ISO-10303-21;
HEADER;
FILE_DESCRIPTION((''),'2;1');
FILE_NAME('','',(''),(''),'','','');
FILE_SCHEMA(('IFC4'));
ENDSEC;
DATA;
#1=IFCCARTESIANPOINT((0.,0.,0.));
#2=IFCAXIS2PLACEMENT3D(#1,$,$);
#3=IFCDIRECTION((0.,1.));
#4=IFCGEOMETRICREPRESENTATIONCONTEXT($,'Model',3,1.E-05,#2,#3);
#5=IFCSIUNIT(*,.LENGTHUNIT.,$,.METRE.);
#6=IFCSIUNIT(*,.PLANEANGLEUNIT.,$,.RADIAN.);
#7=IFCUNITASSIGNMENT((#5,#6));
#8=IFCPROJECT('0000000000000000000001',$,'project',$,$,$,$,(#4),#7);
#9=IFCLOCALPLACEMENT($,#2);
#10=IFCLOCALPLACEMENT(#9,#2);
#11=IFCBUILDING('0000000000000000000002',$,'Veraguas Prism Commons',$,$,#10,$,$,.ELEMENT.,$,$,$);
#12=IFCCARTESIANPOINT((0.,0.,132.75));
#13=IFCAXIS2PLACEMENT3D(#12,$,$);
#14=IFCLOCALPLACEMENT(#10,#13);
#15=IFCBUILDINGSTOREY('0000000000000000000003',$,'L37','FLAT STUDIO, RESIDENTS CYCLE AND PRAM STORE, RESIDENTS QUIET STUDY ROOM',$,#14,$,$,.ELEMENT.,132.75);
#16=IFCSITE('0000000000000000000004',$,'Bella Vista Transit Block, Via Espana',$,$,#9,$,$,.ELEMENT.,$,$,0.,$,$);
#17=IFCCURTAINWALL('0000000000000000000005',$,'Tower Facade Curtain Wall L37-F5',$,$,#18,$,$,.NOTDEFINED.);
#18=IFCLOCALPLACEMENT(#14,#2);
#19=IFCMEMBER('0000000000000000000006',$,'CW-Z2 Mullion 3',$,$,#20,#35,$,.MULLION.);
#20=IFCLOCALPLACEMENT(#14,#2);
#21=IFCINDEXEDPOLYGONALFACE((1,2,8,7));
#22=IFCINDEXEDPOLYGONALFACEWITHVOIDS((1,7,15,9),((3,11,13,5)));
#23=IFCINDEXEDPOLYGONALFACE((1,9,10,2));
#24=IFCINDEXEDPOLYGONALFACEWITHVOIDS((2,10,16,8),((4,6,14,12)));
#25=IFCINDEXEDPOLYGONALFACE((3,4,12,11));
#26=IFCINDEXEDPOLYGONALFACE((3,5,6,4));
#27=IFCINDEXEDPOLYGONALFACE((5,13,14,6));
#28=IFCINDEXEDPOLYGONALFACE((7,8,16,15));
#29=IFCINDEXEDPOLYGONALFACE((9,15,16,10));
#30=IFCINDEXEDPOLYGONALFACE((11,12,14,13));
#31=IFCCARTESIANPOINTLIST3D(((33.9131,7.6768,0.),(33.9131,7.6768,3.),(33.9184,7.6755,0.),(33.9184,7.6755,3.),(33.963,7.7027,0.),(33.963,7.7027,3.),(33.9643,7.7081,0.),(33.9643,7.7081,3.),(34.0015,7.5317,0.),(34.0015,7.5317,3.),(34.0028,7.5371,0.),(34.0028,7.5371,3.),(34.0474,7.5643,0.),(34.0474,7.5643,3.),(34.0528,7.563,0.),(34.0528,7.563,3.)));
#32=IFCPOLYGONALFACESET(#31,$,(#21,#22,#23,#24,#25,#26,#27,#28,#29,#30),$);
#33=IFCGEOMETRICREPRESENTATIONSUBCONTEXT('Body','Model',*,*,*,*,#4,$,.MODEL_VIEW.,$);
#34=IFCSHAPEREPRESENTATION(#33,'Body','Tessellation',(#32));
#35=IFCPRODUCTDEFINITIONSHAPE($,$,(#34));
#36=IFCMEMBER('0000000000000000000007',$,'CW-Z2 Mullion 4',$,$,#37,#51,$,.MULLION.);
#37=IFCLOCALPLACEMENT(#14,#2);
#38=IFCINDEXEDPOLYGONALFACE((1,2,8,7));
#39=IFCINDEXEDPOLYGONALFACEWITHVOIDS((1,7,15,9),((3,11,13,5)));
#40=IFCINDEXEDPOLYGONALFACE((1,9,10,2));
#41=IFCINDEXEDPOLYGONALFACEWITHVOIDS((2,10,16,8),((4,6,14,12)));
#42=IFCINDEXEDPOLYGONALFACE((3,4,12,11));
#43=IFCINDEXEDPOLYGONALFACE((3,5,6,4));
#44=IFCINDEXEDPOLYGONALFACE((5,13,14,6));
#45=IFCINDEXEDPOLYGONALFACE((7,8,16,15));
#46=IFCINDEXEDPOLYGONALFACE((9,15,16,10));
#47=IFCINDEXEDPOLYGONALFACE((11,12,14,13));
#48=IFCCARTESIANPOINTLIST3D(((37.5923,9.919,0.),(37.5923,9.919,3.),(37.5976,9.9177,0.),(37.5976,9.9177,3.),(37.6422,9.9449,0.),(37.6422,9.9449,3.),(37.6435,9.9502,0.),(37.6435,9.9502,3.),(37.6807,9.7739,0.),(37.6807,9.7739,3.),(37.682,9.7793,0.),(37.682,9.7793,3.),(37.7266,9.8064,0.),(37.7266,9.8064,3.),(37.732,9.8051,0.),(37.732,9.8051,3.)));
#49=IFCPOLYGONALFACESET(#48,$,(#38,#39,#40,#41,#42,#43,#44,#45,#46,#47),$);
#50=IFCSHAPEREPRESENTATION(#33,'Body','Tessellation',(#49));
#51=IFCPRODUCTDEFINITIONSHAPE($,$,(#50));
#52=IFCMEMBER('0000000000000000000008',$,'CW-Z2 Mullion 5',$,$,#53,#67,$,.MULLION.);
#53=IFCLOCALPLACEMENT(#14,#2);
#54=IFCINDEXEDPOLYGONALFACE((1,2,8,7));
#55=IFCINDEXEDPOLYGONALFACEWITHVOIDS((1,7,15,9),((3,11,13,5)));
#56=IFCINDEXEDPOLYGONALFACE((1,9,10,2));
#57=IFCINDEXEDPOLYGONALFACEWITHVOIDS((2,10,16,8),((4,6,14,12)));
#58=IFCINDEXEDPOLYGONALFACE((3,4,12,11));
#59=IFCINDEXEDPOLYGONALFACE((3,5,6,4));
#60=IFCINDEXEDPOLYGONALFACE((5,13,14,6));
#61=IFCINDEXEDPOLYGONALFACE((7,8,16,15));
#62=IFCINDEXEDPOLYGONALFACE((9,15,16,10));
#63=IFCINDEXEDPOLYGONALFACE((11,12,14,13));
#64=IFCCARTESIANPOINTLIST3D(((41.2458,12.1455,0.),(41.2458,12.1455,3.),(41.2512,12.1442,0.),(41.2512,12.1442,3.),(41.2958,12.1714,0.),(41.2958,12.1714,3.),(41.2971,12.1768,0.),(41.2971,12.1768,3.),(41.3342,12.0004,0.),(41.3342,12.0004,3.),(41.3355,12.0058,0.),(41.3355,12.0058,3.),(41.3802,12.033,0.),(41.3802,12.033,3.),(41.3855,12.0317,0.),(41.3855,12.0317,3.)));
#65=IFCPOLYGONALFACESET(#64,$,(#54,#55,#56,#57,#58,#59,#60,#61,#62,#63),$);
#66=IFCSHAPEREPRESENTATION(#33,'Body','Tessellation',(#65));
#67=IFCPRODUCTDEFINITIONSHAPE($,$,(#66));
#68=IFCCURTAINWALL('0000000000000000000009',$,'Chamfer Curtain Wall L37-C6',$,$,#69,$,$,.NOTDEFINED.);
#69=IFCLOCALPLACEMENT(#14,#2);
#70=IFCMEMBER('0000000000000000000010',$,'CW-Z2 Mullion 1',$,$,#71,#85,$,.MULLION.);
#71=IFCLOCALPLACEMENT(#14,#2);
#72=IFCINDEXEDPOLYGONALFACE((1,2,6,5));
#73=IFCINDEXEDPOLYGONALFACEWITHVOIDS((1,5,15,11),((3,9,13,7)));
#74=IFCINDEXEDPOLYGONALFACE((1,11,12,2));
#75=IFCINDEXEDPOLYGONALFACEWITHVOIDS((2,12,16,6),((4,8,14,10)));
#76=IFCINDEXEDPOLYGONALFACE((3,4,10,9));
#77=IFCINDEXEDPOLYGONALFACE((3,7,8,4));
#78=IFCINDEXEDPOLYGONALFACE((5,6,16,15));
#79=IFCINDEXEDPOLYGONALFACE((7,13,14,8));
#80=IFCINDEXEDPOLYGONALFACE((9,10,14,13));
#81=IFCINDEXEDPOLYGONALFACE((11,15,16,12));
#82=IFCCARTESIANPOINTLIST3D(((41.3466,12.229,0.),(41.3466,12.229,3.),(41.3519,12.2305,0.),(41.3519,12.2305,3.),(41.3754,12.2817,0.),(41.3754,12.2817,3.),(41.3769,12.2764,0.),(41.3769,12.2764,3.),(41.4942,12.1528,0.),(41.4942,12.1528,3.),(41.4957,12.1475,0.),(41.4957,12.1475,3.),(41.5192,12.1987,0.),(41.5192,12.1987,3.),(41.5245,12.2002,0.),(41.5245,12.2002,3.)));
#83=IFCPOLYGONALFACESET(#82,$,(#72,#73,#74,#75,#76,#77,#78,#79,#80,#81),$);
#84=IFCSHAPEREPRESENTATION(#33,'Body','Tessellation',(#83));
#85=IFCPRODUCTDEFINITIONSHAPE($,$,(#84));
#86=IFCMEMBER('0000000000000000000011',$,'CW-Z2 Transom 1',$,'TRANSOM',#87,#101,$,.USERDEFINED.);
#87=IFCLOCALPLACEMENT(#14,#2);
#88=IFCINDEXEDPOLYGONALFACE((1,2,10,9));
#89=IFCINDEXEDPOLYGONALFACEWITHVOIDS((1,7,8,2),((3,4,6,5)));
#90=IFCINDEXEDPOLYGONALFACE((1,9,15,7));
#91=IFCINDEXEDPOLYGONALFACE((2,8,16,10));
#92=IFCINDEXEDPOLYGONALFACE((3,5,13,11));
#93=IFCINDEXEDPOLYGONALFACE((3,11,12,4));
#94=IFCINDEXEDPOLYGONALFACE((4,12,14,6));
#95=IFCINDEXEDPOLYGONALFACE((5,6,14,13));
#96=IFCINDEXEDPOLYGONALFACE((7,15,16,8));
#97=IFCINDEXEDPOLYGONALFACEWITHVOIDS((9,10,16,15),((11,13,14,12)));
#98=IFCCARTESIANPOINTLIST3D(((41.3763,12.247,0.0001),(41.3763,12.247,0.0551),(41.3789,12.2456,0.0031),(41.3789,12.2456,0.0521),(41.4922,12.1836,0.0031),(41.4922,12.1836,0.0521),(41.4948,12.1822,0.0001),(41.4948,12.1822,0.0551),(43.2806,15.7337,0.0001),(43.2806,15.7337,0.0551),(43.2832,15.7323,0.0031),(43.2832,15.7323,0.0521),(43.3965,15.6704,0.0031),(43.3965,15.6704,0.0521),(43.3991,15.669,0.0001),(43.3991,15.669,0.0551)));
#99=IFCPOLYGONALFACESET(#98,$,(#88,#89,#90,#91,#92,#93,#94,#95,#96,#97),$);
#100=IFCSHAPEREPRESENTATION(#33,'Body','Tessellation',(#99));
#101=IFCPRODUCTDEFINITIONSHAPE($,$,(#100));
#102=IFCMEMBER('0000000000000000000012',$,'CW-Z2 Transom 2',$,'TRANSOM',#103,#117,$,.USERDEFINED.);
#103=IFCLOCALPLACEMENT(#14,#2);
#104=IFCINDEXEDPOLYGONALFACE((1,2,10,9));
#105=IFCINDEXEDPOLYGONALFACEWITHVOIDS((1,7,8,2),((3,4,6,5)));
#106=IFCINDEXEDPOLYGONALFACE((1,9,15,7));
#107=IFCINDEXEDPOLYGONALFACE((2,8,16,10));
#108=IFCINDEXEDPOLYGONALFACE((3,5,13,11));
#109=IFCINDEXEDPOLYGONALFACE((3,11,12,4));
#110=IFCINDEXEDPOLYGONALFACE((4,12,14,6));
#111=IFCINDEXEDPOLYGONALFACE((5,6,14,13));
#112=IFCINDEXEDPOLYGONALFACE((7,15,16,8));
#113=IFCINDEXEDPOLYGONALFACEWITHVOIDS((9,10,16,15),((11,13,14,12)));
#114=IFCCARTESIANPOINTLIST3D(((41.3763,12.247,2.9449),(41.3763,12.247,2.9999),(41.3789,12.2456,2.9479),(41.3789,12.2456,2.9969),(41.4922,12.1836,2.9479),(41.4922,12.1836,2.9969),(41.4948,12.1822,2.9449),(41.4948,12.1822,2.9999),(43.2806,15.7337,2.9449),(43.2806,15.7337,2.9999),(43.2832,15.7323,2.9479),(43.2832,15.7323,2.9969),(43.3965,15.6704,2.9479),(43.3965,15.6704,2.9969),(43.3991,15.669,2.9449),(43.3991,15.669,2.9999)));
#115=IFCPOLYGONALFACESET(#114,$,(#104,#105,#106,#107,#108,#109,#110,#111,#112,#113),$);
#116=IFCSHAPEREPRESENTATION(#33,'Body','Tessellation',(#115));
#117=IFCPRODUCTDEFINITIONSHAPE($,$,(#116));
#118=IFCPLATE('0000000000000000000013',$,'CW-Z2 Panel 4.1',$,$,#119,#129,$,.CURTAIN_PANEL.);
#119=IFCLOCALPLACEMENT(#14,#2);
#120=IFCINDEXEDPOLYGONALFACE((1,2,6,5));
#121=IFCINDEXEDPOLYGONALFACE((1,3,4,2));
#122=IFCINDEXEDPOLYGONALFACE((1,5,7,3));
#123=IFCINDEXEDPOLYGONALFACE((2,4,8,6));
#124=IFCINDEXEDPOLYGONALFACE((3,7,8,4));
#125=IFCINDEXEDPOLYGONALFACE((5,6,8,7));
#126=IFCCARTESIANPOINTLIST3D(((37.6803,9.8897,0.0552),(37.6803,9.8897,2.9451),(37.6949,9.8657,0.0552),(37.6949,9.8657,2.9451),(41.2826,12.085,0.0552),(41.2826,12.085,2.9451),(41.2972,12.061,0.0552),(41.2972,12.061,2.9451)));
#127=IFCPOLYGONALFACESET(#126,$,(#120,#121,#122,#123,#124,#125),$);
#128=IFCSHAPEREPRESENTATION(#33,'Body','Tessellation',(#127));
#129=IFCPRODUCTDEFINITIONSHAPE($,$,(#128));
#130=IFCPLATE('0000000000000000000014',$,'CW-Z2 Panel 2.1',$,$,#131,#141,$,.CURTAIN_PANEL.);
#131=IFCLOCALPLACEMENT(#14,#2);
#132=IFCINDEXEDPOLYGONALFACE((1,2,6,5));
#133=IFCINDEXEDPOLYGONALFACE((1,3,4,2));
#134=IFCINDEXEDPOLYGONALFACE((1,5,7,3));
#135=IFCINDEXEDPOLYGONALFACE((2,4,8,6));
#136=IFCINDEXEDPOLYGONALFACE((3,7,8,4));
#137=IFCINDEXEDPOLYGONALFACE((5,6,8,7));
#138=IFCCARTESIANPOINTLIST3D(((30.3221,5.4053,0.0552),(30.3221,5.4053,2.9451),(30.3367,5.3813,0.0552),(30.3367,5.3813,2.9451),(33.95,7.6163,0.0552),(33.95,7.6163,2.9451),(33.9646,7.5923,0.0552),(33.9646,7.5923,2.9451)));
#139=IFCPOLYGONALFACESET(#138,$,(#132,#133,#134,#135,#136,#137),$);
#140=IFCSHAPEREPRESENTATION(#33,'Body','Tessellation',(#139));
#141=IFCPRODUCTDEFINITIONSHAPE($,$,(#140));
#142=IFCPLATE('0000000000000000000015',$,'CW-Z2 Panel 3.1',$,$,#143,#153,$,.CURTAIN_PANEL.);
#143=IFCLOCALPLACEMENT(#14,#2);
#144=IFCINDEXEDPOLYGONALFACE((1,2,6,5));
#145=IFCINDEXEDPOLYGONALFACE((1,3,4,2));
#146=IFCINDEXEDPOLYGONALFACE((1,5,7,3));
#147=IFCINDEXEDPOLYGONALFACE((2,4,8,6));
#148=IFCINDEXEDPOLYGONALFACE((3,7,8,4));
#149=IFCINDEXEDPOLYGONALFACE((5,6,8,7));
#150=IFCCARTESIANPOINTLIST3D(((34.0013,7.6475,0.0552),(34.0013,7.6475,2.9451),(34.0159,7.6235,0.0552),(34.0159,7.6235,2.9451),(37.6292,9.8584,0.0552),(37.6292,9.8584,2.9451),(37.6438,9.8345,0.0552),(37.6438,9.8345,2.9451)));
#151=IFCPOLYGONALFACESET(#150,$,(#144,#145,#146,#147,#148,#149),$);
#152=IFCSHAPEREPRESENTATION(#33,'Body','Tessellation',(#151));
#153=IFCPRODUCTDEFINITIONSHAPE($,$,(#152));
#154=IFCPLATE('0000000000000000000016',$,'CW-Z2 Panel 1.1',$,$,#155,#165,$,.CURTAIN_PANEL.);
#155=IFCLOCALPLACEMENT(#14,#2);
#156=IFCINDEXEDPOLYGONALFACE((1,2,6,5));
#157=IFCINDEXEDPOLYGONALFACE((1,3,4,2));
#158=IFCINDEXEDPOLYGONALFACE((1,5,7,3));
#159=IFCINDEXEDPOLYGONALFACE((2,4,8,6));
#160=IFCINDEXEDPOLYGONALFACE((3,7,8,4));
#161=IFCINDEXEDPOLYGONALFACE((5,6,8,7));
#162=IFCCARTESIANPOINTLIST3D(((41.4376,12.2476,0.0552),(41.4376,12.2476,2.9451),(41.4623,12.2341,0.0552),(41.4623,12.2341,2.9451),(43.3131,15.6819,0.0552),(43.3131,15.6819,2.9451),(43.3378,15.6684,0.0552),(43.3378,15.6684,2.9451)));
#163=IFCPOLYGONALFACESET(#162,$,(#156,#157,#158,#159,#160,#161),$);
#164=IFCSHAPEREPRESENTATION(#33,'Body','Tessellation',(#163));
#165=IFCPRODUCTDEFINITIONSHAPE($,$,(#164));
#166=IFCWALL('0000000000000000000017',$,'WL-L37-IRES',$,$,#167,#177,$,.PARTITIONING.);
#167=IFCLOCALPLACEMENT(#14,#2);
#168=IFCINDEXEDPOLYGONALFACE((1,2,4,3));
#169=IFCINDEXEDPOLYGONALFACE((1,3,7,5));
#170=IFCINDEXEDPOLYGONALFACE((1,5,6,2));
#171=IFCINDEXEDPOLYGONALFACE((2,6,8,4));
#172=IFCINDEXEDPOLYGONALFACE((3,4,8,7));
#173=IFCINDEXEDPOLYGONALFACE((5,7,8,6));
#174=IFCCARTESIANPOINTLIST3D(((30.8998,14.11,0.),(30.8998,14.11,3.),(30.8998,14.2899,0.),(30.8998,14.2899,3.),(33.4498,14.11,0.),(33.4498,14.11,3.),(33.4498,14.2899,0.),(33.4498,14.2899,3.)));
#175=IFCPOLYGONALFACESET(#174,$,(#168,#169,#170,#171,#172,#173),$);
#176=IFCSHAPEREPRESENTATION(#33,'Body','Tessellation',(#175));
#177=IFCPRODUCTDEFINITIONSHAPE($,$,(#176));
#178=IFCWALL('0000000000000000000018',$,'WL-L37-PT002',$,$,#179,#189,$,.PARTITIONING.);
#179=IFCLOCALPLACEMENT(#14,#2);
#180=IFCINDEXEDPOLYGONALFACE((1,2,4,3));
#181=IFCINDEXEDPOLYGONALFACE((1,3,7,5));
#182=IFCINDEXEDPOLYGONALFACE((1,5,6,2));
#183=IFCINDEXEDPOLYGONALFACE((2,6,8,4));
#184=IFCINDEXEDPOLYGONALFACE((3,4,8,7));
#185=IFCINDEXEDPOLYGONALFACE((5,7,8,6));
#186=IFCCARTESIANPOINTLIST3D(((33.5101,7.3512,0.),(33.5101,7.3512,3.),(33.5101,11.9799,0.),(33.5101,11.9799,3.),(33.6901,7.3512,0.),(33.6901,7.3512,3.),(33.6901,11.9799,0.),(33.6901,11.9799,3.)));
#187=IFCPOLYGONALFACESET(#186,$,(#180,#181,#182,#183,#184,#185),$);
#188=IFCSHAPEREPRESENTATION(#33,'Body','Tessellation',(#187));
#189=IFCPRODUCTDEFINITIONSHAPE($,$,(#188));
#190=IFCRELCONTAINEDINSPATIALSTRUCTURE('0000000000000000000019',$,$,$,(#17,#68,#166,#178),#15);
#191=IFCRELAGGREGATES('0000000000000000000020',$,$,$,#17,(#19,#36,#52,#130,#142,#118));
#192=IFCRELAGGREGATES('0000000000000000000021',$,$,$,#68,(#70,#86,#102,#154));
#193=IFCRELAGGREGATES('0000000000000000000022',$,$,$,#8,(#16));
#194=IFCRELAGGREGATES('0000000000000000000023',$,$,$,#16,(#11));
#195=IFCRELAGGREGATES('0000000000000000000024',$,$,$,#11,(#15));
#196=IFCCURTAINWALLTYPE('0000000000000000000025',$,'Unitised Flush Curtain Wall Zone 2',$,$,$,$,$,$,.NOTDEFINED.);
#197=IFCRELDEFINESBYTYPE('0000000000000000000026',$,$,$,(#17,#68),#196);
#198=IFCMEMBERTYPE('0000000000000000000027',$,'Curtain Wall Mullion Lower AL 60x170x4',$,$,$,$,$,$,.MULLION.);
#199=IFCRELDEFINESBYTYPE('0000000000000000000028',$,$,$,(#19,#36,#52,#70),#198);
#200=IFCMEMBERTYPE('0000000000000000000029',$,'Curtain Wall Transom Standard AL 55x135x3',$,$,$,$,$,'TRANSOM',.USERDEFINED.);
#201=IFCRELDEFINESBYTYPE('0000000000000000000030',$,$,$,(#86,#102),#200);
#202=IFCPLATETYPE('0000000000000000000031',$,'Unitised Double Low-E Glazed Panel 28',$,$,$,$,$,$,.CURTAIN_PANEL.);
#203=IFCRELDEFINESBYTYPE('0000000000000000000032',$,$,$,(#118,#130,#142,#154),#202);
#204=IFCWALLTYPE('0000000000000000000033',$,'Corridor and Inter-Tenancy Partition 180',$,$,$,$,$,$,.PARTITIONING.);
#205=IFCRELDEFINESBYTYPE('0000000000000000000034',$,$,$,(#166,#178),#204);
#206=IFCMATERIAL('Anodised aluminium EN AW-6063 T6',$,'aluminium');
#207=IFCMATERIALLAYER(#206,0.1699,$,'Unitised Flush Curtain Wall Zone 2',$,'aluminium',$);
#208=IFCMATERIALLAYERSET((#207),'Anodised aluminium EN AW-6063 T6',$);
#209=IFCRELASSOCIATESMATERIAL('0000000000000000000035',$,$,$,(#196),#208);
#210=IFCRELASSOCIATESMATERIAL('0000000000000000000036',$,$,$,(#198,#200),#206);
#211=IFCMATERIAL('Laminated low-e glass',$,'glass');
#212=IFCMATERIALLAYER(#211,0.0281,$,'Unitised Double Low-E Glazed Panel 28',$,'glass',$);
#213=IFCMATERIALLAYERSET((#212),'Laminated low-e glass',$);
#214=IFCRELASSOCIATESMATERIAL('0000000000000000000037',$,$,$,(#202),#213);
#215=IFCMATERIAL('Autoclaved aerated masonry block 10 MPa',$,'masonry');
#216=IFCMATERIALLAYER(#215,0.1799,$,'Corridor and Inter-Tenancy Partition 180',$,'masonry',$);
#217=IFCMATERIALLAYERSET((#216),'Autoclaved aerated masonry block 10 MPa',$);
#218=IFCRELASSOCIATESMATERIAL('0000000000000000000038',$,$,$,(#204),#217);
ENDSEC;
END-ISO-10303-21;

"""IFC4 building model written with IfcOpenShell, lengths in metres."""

from ifc_helpers import new_model, si_unit, direction, frame, frame_2d, origin, origin_2d, place, context, subcontext, project, spatial, rectangle, hollow_rectangle, extrude, source, transform, mapped, material, layer, layer_set, material_profile, profile_set, type_object, element, aggregate, save


model = new_model("IFC4")

# Units and contexts
model_context = context("Model", 3, precision=1e-05, world=origin(), true_north=direction((0.0, 1.0)))
body_context = subcontext(model_context, "Body", "Model", "MODEL_VIEW")
ifc_project = project(units=[si_unit("LENGTHUNIT", "METRE"), si_unit("PLANEANGLEUNIT", "RADIAN")], contexts=[model_context])

# Site, building, storey
site_placement = place(None, origin())
site = spatial("IfcSite", under=ifc_project, at=site_placement, Name="Bella Vista Transit Block, Via Espana", CompositionType="ELEMENT", RefElevation=0.0)
building_placement = place(site_placement, origin())
building = spatial("IfcBuilding", under=site, at=building_placement, Name="Veraguas Prism Commons", CompositionType="ELEMENT")
storey_placement = place(building_placement, frame((0.0, 0.0, 132.75)))
storey = spatial("IfcBuildingStorey", under=building, at=storey_placement, Name="L37", Description="FLAT STUDIO, RESIDENTS CYCLE AND PRAM STORE, RESIDENTS QUIET STUDY ROOM", CompositionType="ELEMENT", Elevation=132.75)

# Curtain walls, members
ifc_material_1 = material(Name="Anodised aluminium EN AW-6063 T6", Category="aluminium")
ifc_layer_1 = layer(ifc_material_1, 0.1699, Name="Unitised Flush Curtain Wall Zone 2", Category="aluminium")
ifc_layer_set_1 = layer_set([ifc_layer_1], Name="Anodised aluminium EN AW-6063 T6")
curtain_wall_type = type_object("IfcCurtainWallType", Name="Unitised Flush Curtain Wall Zone 2", PredefinedType="NOTDEFINED", material=ifc_layer_set_1)
curtain_wall_1_placement = place(storey_placement, origin())
curtain_wall_1 = element("IfcCurtainWall", 1, at=curtain_wall_1_placement, inside=storey, type_object=curtain_wall_type, Name="Tower Facade Curtain Wall L37-F5", PredefinedType="NOTDEFINED")
ifc_material_profile_1 = material_profile(ifc_material_1, hollow_rectangle(XDim=0.0601, YDim=0.1699, WallThickness=0.0039, at=origin_2d()), Name="AL60X170X4")
ifc_profile_set_1 = profile_set([ifc_material_profile_1], Name="Anodised aluminium EN AW-6063 T6")
member_type_1 = type_object("IfcMemberType", Name="Curtain Wall Mullion Lower AL 60x170x4", PredefinedType="MULLION", material=ifc_profile_set_1)
shared_shape_1 = source(origin(), body_context, "Body", "SweptSolid", [
    extrude(hollow_rectangle(XDim=0.0601, YDim=0.1699, WallThickness=0.0039, at=origin_2d()), origin(), (0.0, 0.0, 1.0), 3.0),
])
member_1_placement = place(storey_placement, frame((33.9829, 7.6199, 0.0), z_axis=(0.0, 0.0, 1.0), x_axis=(0.853916, 0.520411, 0.0)))
member_1 = element("IfcMember", 2, at=member_1_placement, type_object=member_type_1, Name="CW-Z2 Mullion 3", PredefinedType="MULLION", context=body_context, shape_type="MappedRepresentation", body=[
    mapped(shared_shape_1, transform((0.0, 0.0, 0.0), scale=1.0)),
])
member_2_placement = place(storey_placement, frame((37.6621, 9.8621, 0.0), z_axis=(0.0, 0.0, 1.0), x_axis=(0.853916, 0.520411, 0.0)))
member_2 = element("IfcMember", 3, at=member_2_placement, type_object=member_type_1, Name="CW-Z2 Mullion 4", PredefinedType="MULLION", context=body_context, shape_type="MappedRepresentation", body=[
    mapped(shared_shape_1, transform((0.0, 0.0, 0.0), scale=1.0)),
])
member_3_placement = place(storey_placement, frame((41.3157, 12.0886, 0.0), z_axis=(0.0, 0.0, 1.0), x_axis=(0.853916, 0.520411, 0.0)))
member_3 = element("IfcMember", 4, at=member_3_placement, type_object=member_type_1, Name="CW-Z2 Mullion 5", PredefinedType="MULLION", context=body_context, shape_type="MappedRepresentation", body=[
    mapped(shared_shape_1, transform((0.0, 0.0, 0.0), scale=1.0)),
])
curtain_wall_2_placement = place(storey_placement, origin())
curtain_wall_2 = element("IfcCurtainWall", 5, at=curtain_wall_2_placement, inside=storey, type_object=curtain_wall_type, Name="Chamfer Curtain Wall L37-C6", PredefinedType="NOTDEFINED")
member_4_placement = place(storey_placement, frame((41.4355, 12.2146, 0.0), z_axis=(0.0, 0.0, 1.0), x_axis=(0.479294, 0.877654, 0.0)))
member_4 = element("IfcMember", 6, at=member_4_placement, type_object=member_type_1, Name="CW-Z2 Mullion 1", PredefinedType="MULLION", context=body_context, shape_type="MappedRepresentation", body=[
    mapped(shared_shape_1, transform((0.0, 0.0, 0.0), scale=1.0)),
])
ifc_material_profile_2 = material_profile(ifc_material_1, hollow_rectangle(XDim=0.0549, YDim=0.135, WallThickness=0.0029, at=origin_2d()), Name="AL55X135X3")
ifc_profile_set_2 = profile_set([ifc_material_profile_2], Name="Anodised aluminium EN AW-6063 T6")
member_type_2 = type_object("IfcMemberType", Name="Curtain Wall Transom Standard AL 55x135x3", ElementType="TRANSOM", PredefinedType="USERDEFINED", material=ifc_profile_set_2)
shared_shape_2 = source(origin(), body_context, "Body", "SweptSolid", [
    extrude(hollow_rectangle(XDim=0.0549, YDim=0.135, WallThickness=0.0029, at=origin_2d()), origin(), (0.0, 0.0, 1.0), 3.9729),
])
member_5_placement = place(storey_placement, frame((41.4355, 12.2146, 0.0276), z_axis=(0.479317, 0.877642, 0.0), x_axis=(0.0, 0.0, 1.0)))
member_5 = element("IfcMember", 7, at=member_5_placement, type_object=member_type_2, Name="CW-Z2 Transom 1", ObjectType="TRANSOM", PredefinedType="USERDEFINED", context=body_context, shape_type="MappedRepresentation", body=[
    mapped(shared_shape_2, transform((0.0, 0.0, 0.0), scale=1.0)),
])
member_6_placement = place(storey_placement, frame((41.4355, 12.2146, 2.9724), z_axis=(0.479317, 0.877642, 0.0), x_axis=(0.0, 0.0, 1.0)))
member_6 = element("IfcMember", 8, at=member_6_placement, type_object=member_type_2, Name="CW-Z2 Transom 2", ObjectType="TRANSOM", PredefinedType="USERDEFINED", context=body_context, shape_type="MappedRepresentation", body=[
    mapped(shared_shape_2, transform((0.0, 0.0, 0.0), scale=1.0)),
])

# Plates
ifc_material_2 = material(Name="Laminated low-e glass", Category="glass")
ifc_layer_2 = layer(ifc_material_2, 0.0281, Name="Unitised Double Low-E Glazed Panel 28", Category="glass")
ifc_layer_set_2 = layer_set([ifc_layer_2], Name="Laminated low-e glass")
plate_type = type_object("IfcPlateType", Name="Unitised Double Low-E Glazed Panel 28", PredefinedType="CURTAIN_PANEL", material=ifc_layer_set_2)
shared_shape_3 = source(origin(), body_context, "Body", "SweptSolid", [
    extrude(rectangle(XDim=4.2185, YDim=0.0281, at=origin_2d()), origin(), (0.0, 0.0, 1.0), 2.8899),
])
plate_1_placement = place(storey_placement, frame((39.4888, 10.9753, 0.0552), z_axis=(0.0, 0.0, 1.0), x_axis=(0.853916, 0.520411, 0.0)))
plate_1 = element("IfcPlate", 9, at=plate_1_placement, type_object=plate_type, Name="CW-Z2 Panel 4.1", PredefinedType="CURTAIN_PANEL", context=body_context, shape_type="MappedRepresentation", body=[
    mapped(shared_shape_3, transform((0.0, 0.0, 0.0), scale=1.0)),
])
shared_shape_4 = source(origin(), body_context, "Body", "SweptSolid", [
    extrude(rectangle(XDim=4.2485, YDim=0.0281, at=origin_2d()), origin(), (0.0, 0.0, 1.0), 2.8899),
])
plate_2_placement = place(storey_placement, frame((32.1433, 6.4988, 0.0552), z_axis=(0.0, 0.0, 1.0), x_axis=(0.853916, 0.520411, 0.0)))
plate_2 = element("IfcPlate", 10, at=plate_2_placement, type_object=plate_type, Name="CW-Z2 Panel 2.1", PredefinedType="CURTAIN_PANEL", context=body_context, shape_type="MappedRepresentation", body=[
    mapped(shared_shape_4, transform((0.0, 0.0, 0.0), scale=1.0)),
])
plate_3_placement = place(storey_placement, frame((35.8225, 8.741, 0.0552), z_axis=(0.0, 0.0, 1.0), x_axis=(0.853916, 0.520411, 0.0)))
plate_3 = element("IfcPlate", 11, at=plate_3_placement, type_object=plate_type, Name="CW-Z2 Panel 3.1", PredefinedType="CURTAIN_PANEL", context=body_context, shape_type="MappedRepresentation", body=[
    mapped(shared_shape_4, transform((0.0, 0.0, 0.0), scale=1.0)),
])
aggregate(curtain_wall_1, [member_1, member_2, member_3, plate_2, plate_3, plate_1])
shared_shape_5 = source(origin(), body_context, "Body", "SweptSolid", [
    extrude(rectangle(XDim=3.9131, YDim=0.0281, at=origin_2d()), origin(), (0.0, 0.0, 1.0), 2.8899),
])
plate_4_placement = place(storey_placement, frame((42.3877, 13.958, 0.0552), z_axis=(0.0, 0.0, 1.0), x_axis=(0.479294, 0.877654, 0.0)))
plate_4 = element("IfcPlate", 12, at=plate_4_placement, type_object=plate_type, Name="CW-Z2 Panel 1.1", PredefinedType="CURTAIN_PANEL", context=body_context, shape_type="MappedRepresentation", body=[
    mapped(shared_shape_5, transform((0.0, 0.0, 0.0), scale=1.0)),
])
aggregate(curtain_wall_2, [member_4, member_5, member_6, plate_4])

# Walls
ifc_material_3 = material(Name="Autoclaved aerated masonry block 10 MPa", Category="masonry")
ifc_layer_3 = layer(ifc_material_3, 0.1799, Name="Corridor and Inter-Tenancy Partition 180", Category="masonry")
ifc_layer_set_3 = layer_set([ifc_layer_3], Name="Autoclaved aerated masonry block 10 MPa")
wall_type_1 = type_object("IfcWallType", Name="Corridor and Inter-Tenancy Partition 180", PredefinedType="PARTITIONING", material=ifc_layer_set_3)
wall_1_placement = place(storey_placement, frame((30.8999, 14.2, 0.0), z_axis=(0.0, 0.0, 1.0), x_axis=(1.0, 0.0, 0.0)))
element("IfcWall", 13, at=wall_1_placement, inside=storey, type_object=wall_type_1, Name="WL-L37-IRES", PredefinedType="PARTITIONING", context=body_context, shape_type="SweptSolid", body=[
    extrude(rectangle(XDim=2.55, YDim=0.1799, at=frame_2d((1.2749, 0.0))), origin(), (0.0, 0.0, 1.0), 3.0),
])
wall_2_placement = place(storey_placement, frame((33.6001, 11.98, 0.0), z_axis=(0.0, 0.0, 1.0), x_axis=(0.0, -1.0, 0.0)))
element("IfcWall", 14, at=wall_2_placement, inside=storey, type_object=wall_type_1, Name="WL-L37-PT002", PredefinedType="PARTITIONING", context=body_context, shape_type="SweptSolid", body=[
    extrude(rectangle(XDim=4.6287, YDim=0.1799, at=frame_2d((2.3145, 0.0))), origin(), (0.0, 0.0, 1.0), 3.0),
])

save(model, "model.ifc")
